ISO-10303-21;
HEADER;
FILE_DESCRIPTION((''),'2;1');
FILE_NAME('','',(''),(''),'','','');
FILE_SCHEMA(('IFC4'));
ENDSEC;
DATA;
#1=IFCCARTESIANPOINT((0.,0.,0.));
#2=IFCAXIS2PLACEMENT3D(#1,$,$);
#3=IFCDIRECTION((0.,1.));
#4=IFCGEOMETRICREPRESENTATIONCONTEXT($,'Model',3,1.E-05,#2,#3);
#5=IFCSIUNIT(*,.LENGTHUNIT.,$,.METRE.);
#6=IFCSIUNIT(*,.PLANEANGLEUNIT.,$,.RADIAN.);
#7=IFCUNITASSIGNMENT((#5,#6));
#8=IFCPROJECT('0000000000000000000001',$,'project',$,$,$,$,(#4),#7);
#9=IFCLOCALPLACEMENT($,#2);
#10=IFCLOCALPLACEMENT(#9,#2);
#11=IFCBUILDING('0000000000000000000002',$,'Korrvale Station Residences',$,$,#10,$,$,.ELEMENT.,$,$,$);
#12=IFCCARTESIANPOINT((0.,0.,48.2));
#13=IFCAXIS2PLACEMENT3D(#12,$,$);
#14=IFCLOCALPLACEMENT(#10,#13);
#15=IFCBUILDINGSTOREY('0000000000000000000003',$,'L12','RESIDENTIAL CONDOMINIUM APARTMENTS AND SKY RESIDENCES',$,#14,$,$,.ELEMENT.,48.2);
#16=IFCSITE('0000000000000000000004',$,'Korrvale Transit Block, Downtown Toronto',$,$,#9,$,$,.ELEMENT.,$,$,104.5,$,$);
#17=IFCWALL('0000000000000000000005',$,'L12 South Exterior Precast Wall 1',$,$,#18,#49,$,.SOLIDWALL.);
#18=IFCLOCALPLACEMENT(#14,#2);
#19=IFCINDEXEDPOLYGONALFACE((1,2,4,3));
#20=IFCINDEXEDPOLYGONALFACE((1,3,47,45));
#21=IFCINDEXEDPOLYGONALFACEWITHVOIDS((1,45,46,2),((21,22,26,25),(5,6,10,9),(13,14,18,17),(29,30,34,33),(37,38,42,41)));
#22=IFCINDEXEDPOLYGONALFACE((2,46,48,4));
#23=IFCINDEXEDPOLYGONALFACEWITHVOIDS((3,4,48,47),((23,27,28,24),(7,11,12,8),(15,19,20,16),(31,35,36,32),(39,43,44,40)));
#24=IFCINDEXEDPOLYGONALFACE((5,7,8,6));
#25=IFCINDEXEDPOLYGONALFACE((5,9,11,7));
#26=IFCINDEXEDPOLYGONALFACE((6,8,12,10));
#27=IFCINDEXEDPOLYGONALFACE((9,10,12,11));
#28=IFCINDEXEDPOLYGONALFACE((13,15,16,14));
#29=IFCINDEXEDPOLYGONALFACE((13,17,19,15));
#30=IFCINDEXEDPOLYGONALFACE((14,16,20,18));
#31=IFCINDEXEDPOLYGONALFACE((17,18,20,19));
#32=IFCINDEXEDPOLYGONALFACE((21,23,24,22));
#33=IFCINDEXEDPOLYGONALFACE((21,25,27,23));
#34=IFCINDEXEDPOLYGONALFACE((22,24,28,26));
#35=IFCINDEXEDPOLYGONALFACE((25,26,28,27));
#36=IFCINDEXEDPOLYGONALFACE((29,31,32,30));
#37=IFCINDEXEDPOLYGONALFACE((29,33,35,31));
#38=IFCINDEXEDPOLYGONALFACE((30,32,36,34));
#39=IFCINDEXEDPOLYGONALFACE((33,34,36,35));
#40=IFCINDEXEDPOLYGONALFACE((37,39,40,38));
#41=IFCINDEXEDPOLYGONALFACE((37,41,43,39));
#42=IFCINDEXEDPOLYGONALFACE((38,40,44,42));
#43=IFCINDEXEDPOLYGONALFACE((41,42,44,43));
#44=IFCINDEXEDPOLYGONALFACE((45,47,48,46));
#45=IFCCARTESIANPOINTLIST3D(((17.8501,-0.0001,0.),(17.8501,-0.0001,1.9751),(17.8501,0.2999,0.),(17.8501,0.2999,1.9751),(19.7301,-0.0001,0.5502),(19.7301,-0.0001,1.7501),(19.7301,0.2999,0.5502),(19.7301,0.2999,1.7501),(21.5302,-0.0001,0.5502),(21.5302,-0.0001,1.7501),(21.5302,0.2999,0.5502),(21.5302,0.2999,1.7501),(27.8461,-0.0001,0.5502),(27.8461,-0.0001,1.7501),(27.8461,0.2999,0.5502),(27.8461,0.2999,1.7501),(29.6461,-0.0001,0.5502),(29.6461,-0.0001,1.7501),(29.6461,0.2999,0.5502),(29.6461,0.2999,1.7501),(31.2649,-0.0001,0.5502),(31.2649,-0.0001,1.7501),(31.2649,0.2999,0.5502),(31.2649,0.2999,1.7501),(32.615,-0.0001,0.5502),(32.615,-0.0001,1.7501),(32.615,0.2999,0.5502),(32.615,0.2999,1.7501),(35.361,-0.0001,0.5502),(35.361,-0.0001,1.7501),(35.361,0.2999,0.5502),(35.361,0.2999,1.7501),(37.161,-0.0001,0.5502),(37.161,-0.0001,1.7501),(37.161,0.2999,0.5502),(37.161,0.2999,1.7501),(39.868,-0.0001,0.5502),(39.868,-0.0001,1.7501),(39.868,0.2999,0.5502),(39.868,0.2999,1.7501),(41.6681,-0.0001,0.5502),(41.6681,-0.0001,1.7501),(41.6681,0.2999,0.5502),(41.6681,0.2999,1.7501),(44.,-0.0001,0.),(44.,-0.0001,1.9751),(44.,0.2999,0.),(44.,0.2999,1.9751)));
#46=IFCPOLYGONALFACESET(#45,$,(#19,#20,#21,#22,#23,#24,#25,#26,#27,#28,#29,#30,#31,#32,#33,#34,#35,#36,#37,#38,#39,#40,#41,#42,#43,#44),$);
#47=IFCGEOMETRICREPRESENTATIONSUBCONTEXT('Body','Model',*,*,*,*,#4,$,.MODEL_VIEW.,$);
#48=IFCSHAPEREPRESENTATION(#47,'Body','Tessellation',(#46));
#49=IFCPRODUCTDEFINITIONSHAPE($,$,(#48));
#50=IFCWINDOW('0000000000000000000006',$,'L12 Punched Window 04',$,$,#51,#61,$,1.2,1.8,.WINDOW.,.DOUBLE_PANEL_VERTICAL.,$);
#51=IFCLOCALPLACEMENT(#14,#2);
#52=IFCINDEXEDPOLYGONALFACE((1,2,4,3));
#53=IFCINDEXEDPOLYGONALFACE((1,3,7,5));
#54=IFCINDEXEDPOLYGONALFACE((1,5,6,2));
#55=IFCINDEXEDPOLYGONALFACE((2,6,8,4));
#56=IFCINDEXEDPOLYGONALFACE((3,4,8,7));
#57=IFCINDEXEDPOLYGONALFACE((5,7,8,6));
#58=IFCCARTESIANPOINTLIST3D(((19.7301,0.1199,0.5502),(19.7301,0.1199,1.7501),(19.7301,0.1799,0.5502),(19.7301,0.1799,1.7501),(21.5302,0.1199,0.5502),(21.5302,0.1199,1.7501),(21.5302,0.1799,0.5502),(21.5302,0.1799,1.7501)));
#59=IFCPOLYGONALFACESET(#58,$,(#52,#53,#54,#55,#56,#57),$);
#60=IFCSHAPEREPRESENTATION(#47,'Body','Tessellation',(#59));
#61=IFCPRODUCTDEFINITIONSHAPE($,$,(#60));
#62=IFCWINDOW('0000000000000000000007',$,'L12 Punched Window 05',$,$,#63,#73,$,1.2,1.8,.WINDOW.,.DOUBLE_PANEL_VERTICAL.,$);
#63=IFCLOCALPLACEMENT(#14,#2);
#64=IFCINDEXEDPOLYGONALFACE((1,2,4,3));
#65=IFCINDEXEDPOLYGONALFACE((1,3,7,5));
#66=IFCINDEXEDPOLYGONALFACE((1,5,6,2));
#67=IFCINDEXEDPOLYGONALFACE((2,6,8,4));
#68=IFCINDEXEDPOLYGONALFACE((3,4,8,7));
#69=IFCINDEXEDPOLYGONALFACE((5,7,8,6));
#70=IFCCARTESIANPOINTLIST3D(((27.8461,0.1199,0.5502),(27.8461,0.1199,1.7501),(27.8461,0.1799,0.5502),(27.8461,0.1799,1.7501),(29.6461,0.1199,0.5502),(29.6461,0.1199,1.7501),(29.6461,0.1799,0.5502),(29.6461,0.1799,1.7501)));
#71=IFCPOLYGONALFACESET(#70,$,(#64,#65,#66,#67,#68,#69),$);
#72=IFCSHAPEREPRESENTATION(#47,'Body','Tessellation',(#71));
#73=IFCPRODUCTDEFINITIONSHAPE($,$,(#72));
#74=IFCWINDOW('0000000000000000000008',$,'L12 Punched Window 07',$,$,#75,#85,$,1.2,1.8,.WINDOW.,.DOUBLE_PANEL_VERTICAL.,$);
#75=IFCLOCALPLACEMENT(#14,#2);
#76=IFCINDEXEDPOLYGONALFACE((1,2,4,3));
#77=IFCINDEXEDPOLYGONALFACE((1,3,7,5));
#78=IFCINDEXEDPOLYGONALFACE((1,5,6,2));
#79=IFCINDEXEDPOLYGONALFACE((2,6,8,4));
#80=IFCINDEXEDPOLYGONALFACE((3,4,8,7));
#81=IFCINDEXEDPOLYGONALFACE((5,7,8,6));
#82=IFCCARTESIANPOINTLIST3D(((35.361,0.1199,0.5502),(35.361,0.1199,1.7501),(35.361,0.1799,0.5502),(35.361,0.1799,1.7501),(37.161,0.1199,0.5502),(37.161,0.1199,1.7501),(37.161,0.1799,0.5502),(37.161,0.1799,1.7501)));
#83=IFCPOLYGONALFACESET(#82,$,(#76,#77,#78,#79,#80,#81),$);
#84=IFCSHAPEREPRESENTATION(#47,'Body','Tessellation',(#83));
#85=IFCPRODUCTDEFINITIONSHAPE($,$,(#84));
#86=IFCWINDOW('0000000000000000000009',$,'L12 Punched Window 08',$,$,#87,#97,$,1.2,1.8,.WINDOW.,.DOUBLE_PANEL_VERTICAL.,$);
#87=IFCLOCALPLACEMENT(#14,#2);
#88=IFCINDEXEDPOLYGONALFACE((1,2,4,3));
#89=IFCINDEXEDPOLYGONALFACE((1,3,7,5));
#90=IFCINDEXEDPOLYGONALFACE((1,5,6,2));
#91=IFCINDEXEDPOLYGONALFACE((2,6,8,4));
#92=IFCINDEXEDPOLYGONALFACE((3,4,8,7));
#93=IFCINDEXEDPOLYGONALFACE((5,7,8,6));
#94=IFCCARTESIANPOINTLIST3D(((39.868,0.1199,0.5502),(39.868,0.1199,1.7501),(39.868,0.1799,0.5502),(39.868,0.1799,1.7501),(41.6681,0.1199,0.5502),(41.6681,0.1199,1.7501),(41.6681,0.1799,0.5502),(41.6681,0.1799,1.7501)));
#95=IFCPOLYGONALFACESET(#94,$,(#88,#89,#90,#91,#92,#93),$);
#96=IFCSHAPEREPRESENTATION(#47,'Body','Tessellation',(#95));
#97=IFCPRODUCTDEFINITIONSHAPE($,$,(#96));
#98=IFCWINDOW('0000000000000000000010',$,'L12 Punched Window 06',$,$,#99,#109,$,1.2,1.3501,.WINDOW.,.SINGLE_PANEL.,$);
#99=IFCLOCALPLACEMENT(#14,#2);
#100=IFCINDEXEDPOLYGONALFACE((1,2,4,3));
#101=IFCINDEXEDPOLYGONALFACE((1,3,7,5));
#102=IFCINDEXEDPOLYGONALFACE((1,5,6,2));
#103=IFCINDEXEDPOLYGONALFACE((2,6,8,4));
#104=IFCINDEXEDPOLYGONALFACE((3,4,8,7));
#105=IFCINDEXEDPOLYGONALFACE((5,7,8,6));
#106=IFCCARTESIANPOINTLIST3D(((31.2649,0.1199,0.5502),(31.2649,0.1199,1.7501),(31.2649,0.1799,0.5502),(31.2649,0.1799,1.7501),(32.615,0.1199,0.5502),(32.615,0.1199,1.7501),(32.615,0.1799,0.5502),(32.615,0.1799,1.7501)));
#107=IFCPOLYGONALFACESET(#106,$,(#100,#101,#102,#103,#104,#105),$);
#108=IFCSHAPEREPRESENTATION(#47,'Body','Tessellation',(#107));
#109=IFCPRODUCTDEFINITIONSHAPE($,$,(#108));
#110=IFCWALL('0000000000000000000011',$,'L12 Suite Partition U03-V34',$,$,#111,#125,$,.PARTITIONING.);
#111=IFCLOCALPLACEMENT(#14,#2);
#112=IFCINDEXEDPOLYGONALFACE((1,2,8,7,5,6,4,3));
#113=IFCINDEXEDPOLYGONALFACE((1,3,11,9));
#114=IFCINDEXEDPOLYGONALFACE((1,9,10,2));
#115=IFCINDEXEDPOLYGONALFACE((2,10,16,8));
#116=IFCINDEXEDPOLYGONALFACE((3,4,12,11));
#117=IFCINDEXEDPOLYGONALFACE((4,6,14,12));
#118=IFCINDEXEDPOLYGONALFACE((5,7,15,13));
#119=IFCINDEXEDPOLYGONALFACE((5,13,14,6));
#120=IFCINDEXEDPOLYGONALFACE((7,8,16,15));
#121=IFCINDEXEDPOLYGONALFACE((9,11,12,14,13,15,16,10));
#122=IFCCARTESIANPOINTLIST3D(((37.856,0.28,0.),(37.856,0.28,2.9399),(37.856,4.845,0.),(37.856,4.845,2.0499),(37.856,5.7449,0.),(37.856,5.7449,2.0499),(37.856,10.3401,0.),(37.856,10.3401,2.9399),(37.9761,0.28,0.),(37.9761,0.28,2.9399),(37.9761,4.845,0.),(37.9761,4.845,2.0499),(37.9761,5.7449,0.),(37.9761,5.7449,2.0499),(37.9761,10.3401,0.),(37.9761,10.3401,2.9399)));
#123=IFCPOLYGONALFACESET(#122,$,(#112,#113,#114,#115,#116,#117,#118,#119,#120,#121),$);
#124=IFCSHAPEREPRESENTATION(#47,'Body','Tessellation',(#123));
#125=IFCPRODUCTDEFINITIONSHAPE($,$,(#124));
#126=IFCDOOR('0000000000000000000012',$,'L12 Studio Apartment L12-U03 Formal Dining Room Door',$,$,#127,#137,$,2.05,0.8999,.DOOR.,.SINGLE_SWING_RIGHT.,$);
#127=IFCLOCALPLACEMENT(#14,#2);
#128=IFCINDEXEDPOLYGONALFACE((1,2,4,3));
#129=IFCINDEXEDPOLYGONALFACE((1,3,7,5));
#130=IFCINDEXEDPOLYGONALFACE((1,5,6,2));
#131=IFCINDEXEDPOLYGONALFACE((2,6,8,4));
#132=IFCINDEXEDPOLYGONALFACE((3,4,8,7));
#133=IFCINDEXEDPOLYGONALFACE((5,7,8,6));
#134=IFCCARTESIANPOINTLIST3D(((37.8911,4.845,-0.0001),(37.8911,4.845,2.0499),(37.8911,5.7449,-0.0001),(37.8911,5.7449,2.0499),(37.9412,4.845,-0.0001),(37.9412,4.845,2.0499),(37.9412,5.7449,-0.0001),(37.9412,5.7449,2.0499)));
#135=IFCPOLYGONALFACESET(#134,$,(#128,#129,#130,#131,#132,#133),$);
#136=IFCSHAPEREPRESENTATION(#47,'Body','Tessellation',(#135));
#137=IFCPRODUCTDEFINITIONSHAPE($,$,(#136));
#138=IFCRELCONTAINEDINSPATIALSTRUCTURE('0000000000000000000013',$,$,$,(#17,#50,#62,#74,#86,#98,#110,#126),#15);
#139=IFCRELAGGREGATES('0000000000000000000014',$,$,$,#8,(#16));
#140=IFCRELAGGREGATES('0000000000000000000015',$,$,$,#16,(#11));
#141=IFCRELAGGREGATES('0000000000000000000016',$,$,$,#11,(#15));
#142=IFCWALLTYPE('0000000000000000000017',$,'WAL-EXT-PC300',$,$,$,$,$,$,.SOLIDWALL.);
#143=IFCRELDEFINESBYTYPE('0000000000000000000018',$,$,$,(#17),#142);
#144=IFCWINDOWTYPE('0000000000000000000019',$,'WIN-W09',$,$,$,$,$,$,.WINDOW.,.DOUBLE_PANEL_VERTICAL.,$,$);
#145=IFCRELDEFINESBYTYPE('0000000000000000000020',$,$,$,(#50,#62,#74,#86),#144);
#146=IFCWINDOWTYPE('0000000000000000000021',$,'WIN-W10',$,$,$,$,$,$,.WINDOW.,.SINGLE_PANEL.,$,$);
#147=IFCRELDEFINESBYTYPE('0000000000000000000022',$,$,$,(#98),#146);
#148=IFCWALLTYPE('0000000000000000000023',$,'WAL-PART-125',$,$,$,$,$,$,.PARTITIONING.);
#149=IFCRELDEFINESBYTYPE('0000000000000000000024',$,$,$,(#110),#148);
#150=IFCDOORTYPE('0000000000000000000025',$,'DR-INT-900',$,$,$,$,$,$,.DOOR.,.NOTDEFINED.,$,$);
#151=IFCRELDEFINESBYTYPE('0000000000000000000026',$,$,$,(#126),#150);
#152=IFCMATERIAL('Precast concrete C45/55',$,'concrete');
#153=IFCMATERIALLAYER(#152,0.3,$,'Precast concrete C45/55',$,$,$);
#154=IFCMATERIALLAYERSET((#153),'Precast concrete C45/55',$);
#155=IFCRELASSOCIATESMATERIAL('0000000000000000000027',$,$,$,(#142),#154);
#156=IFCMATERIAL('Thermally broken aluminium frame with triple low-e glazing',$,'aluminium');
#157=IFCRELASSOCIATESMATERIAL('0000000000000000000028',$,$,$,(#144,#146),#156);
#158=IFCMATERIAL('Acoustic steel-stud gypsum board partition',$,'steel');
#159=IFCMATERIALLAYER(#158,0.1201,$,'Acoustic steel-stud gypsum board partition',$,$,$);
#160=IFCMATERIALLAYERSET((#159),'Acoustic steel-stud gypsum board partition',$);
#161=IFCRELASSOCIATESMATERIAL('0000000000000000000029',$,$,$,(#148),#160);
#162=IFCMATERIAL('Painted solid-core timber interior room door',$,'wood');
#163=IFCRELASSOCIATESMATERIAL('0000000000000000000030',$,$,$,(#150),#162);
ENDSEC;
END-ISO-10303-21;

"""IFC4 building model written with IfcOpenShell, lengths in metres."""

from ifc_helpers import new_model, si_unit, direction, frame, frame_2d, origin, place, context, subcontext, project, spatial, rectangle, extrude, material, layer, layer_set, type_object, element, fill, save


model = new_model("IFC4")

# Units and contexts
model_context = context("Model", 3, precision=1e-05, world=origin(), true_north=direction((0.0, 1.0)))
body_context = subcontext(model_context, "Body", "Model", "MODEL_VIEW")
ifc_project = project(units=[si_unit("LENGTHUNIT", "METRE"), si_unit("PLANEANGLEUNIT", "RADIAN")], contexts=[model_context])

# Site, building, storey
site_placement = place(None, origin())
site = spatial("IfcSite", under=ifc_project, at=site_placement, Name="Korrvale Transit Block, Downtown Toronto", CompositionType="ELEMENT", RefElevation=104.5)
building_placement = place(site_placement, origin())
building = spatial("IfcBuilding", under=site, at=building_placement, Name="Korrvale Station Residences", CompositionType="ELEMENT")
storey_placement = place(building_placement, frame((0.0, 0.0, 48.2)))
storey = spatial("IfcBuildingStorey", under=building, at=storey_placement, Name="L12", Description="RESIDENTIAL CONDOMINIUM APARTMENTS AND SKY RESIDENCES", CompositionType="ELEMENT", Elevation=48.2)

# Shared definitions
ifc_material_1 = material(Name="Precast concrete C45/55", Category="concrete")

# Wall, openings, windows
ifc_layer_1 = layer(ifc_material_1, 0.3, Name="Precast concrete C45/55")
ifc_layer_set_1 = layer_set([ifc_layer_1], Name="Precast concrete C45/55")
wall_type_1 = type_object("IfcWallType", Name="WAL-EXT-PC300", PredefinedType="SOLIDWALL", material=ifc_layer_set_1)
wall_1_placement = place(storey_placement, frame((44.0, 0.1499, 0.0), z_axis=(0.0, 0.0, 1.0), x_axis=(-1.0, 0.0, 0.0)))
wall_1 = element("IfcWall", 1, at=wall_1_placement, inside=storey, type_object=wall_type_1, Name="L12 South Exterior Precast Wall 1", PredefinedType="SOLIDWALL", context=body_context, shape_type="SweptSolid", body=[
    extrude(rectangle(XDim=26.1499, YDim=0.3, at=frame_2d((13.075, 0.0))), origin(), (0.0, 0.0, 1.0), 1.9751),
])
opening_1_placement = place(wall_1_placement, frame((22.47, 0.0, 0.55)))
opening_1 = element("IfcOpeningElement", 2, at=opening_1_placement, cuts=wall_1, PredefinedType="OPENING", context=body_context, shape_type="SweptSolid", body=[
    extrude(rectangle(XDim=1.8, YDim=1.2, at=frame_2d((0.8999, 0.6001))), frame((0.0, 0.1602, 0.0), z_axis=(0.0, -1.0, 0.0), x_axis=(1.0, 0.0, 0.0)), (0.0, 0.0, 1.0), 0.3201),
])
opening_2_placement = place(wall_1_placement, frame((14.354, 0.0, 0.55)))
opening_2 = element("IfcOpeningElement", 3, at=opening_2_placement, cuts=wall_1, PredefinedType="OPENING", context=body_context, shape_type="SweptSolid", body=[
    extrude(rectangle(XDim=1.8, YDim=1.2, at=frame_2d((0.8999, 0.6001))), frame((0.0, 0.1602, 0.0), z_axis=(0.0, -1.0, 0.0), x_axis=(1.0, 0.0, 0.0)), (0.0, 0.0, 1.0), 0.3201),
])
opening_3_placement = place(wall_1_placement, frame((11.385, 0.0, 0.55)))
opening_3 = element("IfcOpeningElement", 4, at=opening_3_placement, cuts=wall_1, PredefinedType="OPENING", context=body_context, shape_type="SweptSolid", body=[
    extrude(rectangle(XDim=1.3501, YDim=1.2, at=frame_2d((0.675, 0.6001))), frame((0.0, 0.1602, 0.0), z_axis=(0.0, -1.0, 0.0), x_axis=(1.0, 0.0, 0.0)), (0.0, 0.0, 1.0), 0.3201),
])
opening_4_placement = place(wall_1_placement, frame((6.8391, 0.0, 0.55)))
opening_4 = element("IfcOpeningElement", 5, at=opening_4_placement, cuts=wall_1, PredefinedType="OPENING", context=body_context, shape_type="SweptSolid", body=[
    extrude(rectangle(XDim=1.8, YDim=1.2, at=frame_2d((0.8999, 0.6001))), frame((0.0, 0.1602, 0.0), z_axis=(0.0, -1.0, 0.0), x_axis=(1.0, 0.0, 0.0)), (0.0, 0.0, 1.0), 0.3201),
])
opening_5_placement = place(wall_1_placement, frame((2.332, 0.0, 0.55)))
opening_5 = element("IfcOpeningElement", 6, at=opening_5_placement, cuts=wall_1, PredefinedType="OPENING", context=body_context, shape_type="SweptSolid", body=[
    extrude(rectangle(XDim=1.8, YDim=1.2, at=frame_2d((0.8999, 0.6001))), frame((0.0, 0.1602, 0.0), z_axis=(0.0, -1.0, 0.0), x_axis=(1.0, 0.0, 0.0)), (0.0, 0.0, 1.0), 0.3201),
])
ifc_material_2 = material(Name="Thermally broken aluminium frame with triple low-e glazing", Category="aluminium")
window_type_1 = type_object("IfcWindowType", Name="WIN-W09", PartitioningType="DOUBLE_PANEL_VERTICAL", PredefinedType="WINDOW", material=ifc_material_2)
window_1_placement = place(opening_1_placement, origin())
window_1 = element("IfcWindow", 7, at=window_1_placement, inside=storey, type_object=window_type_1, Name="L12 Punched Window 04", OverallHeight=1.2, OverallWidth=1.8, PartitioningType="DOUBLE_PANEL_VERTICAL", PredefinedType="WINDOW", context=body_context, shape_type="SweptSolid", body=[
    extrude(rectangle(XDim=1.8, YDim=1.2, at=frame_2d((0.8999, 0.6001))), frame((0.0, 0.03, 0.0), z_axis=(0.0, -1.0, 0.0), x_axis=(1.0, 0.0, 0.0)), (0.0, 0.0, 1.0), 0.0601),
])
fill(opening_1, window_1)
window_2_placement = place(opening_2_placement, origin())
window_2 = element("IfcWindow", 8, at=window_2_placement, inside=storey, type_object=window_type_1, Name="L12 Punched Window 05", OverallHeight=1.2, OverallWidth=1.8, PartitioningType="DOUBLE_PANEL_VERTICAL", PredefinedType="WINDOW", context=body_context, shape_type="SweptSolid", body=[
    extrude(rectangle(XDim=1.8, YDim=1.2, at=frame_2d((0.8999, 0.6001))), frame((0.0, 0.03, 0.0), z_axis=(0.0, -1.0, 0.0), x_axis=(1.0, 0.0, 0.0)), (0.0, 0.0, 1.0), 0.0601),
])
fill(opening_2, window_2)
window_3_placement = place(opening_4_placement, origin())
window_3 = element("IfcWindow", 9, at=window_3_placement, inside=storey, type_object=window_type_1, Name="L12 Punched Window 07", OverallHeight=1.2, OverallWidth=1.8, PartitioningType="DOUBLE_PANEL_VERTICAL", PredefinedType="WINDOW", context=body_context, shape_type="SweptSolid", body=[
    extrude(rectangle(XDim=1.8, YDim=1.2, at=frame_2d((0.8999, 0.6001))), frame((0.0, 0.03, 0.0), z_axis=(0.0, -1.0, 0.0), x_axis=(1.0, 0.0, 0.0)), (0.0, 0.0, 1.0), 0.0601),
])
fill(opening_4, window_3)
window_4_placement = place(opening_5_placement, origin())
window_4 = element("IfcWindow", 10, at=window_4_placement, inside=storey, type_object=window_type_1, Name="L12 Punched Window 08", OverallHeight=1.2, OverallWidth=1.8, PartitioningType="DOUBLE_PANEL_VERTICAL", PredefinedType="WINDOW", context=body_context, shape_type="SweptSolid", body=[
    extrude(rectangle(XDim=1.8, YDim=1.2, at=frame_2d((0.8999, 0.6001))), frame((0.0, 0.03, 0.0), z_axis=(0.0, -1.0, 0.0), x_axis=(1.0, 0.0, 0.0)), (0.0, 0.0, 1.0), 0.0601),
])
fill(opening_5, window_4)
window_type_2 = type_object("IfcWindowType", Name="WIN-W10", PartitioningType="SINGLE_PANEL", PredefinedType="WINDOW", material=ifc_material_2)
window_5_placement = place(opening_3_placement, origin())
window_5 = element("IfcWindow", 11, at=window_5_placement, inside=storey, type_object=window_type_2, Name="L12 Punched Window 06", OverallHeight=1.2, OverallWidth=1.3501, PartitioningType="SINGLE_PANEL", PredefinedType="WINDOW", context=body_context, shape_type="SweptSolid", body=[
    extrude(rectangle(XDim=1.3501, YDim=1.2, at=frame_2d((0.675, 0.6001))), frame((0.0, 0.03, 0.0), z_axis=(0.0, -1.0, 0.0), x_axis=(1.0, 0.0, 0.0)), (0.0, 0.0, 1.0), 0.0601),
])
fill(opening_3, window_5)

# Wall, opening, door
ifc_material_3 = material(Name="Acoustic steel-stud gypsum board partition", Category="steel")
ifc_layer_2 = layer(ifc_material_3, 0.1201, Name="Acoustic steel-stud gypsum board partition")
ifc_layer_set_2 = layer_set([ifc_layer_2], Name="Acoustic steel-stud gypsum board partition")
wall_type_2 = type_object("IfcWallType", Name="WAL-PART-125", PredefinedType="PARTITIONING", material=ifc_layer_set_2)
wall_2_placement = place(storey_placement, frame((37.916, 0.28, 0.0), z_axis=(0.0, 0.0, 1.0), x_axis=(0.0, 1.0, 0.0)))
wall_2 = element("IfcWall", 12, at=wall_2_placement, inside=storey, type_object=wall_type_2, Name="L12 Suite Partition U03-V34", PredefinedType="PARTITIONING", context=body_context, shape_type="SweptSolid", body=[
    extrude(rectangle(XDim=10.0601, YDim=0.1201, at=frame_2d((5.03, 0.0))), origin(), (0.0, 0.0, 1.0), 2.9399),
])
opening_6_placement = place(wall_2_placement, frame((4.5649, 0.0, 0.0)))
opening_6 = element("IfcOpeningElement", 13, at=opening_6_placement, cuts=wall_2, PredefinedType="OPENING", context=body_context, shape_type="SweptSolid", body=[
    extrude(rectangle(XDim=0.8999, YDim=2.05, at=frame_2d((0.45, 1.0249))), frame((0.0, 0.0701, 0.0), z_axis=(0.0, -1.0, 0.0), x_axis=(1.0, 0.0, 0.0)), (0.0, 0.0, 1.0), 0.1401),
])
ifc_material_4 = material(Name="Painted solid-core timber interior room door", Category="wood")
door_type = type_object("IfcDoorType", Name="DR-INT-900", OperationType="NOTDEFINED", PredefinedType="DOOR", material=ifc_material_4)
door_1_placement = place(opening_6_placement, origin())
door_1 = element("IfcDoor", 14, at=door_1_placement, inside=storey, type_object=door_type, Name="L12 Studio Apartment L12-U03 Formal Dining Room Door", OperationType="SINGLE_SWING_RIGHT", OverallHeight=2.05, OverallWidth=0.8999, PredefinedType="DOOR", context=body_context, shape_type="SweptSolid", body=[
    extrude(rectangle(XDim=0.8999, YDim=2.05, at=frame_2d((0.45, 1.0249))), frame((0.0, 0.0249, 0.0), z_axis=(0.0, -1.0, 0.0), x_axis=(1.0, 0.0, 0.0)), (0.0, 0.0, 1.0), 0.05),
])
fill(opening_6, door_1)

save(model, "model.ifc")
